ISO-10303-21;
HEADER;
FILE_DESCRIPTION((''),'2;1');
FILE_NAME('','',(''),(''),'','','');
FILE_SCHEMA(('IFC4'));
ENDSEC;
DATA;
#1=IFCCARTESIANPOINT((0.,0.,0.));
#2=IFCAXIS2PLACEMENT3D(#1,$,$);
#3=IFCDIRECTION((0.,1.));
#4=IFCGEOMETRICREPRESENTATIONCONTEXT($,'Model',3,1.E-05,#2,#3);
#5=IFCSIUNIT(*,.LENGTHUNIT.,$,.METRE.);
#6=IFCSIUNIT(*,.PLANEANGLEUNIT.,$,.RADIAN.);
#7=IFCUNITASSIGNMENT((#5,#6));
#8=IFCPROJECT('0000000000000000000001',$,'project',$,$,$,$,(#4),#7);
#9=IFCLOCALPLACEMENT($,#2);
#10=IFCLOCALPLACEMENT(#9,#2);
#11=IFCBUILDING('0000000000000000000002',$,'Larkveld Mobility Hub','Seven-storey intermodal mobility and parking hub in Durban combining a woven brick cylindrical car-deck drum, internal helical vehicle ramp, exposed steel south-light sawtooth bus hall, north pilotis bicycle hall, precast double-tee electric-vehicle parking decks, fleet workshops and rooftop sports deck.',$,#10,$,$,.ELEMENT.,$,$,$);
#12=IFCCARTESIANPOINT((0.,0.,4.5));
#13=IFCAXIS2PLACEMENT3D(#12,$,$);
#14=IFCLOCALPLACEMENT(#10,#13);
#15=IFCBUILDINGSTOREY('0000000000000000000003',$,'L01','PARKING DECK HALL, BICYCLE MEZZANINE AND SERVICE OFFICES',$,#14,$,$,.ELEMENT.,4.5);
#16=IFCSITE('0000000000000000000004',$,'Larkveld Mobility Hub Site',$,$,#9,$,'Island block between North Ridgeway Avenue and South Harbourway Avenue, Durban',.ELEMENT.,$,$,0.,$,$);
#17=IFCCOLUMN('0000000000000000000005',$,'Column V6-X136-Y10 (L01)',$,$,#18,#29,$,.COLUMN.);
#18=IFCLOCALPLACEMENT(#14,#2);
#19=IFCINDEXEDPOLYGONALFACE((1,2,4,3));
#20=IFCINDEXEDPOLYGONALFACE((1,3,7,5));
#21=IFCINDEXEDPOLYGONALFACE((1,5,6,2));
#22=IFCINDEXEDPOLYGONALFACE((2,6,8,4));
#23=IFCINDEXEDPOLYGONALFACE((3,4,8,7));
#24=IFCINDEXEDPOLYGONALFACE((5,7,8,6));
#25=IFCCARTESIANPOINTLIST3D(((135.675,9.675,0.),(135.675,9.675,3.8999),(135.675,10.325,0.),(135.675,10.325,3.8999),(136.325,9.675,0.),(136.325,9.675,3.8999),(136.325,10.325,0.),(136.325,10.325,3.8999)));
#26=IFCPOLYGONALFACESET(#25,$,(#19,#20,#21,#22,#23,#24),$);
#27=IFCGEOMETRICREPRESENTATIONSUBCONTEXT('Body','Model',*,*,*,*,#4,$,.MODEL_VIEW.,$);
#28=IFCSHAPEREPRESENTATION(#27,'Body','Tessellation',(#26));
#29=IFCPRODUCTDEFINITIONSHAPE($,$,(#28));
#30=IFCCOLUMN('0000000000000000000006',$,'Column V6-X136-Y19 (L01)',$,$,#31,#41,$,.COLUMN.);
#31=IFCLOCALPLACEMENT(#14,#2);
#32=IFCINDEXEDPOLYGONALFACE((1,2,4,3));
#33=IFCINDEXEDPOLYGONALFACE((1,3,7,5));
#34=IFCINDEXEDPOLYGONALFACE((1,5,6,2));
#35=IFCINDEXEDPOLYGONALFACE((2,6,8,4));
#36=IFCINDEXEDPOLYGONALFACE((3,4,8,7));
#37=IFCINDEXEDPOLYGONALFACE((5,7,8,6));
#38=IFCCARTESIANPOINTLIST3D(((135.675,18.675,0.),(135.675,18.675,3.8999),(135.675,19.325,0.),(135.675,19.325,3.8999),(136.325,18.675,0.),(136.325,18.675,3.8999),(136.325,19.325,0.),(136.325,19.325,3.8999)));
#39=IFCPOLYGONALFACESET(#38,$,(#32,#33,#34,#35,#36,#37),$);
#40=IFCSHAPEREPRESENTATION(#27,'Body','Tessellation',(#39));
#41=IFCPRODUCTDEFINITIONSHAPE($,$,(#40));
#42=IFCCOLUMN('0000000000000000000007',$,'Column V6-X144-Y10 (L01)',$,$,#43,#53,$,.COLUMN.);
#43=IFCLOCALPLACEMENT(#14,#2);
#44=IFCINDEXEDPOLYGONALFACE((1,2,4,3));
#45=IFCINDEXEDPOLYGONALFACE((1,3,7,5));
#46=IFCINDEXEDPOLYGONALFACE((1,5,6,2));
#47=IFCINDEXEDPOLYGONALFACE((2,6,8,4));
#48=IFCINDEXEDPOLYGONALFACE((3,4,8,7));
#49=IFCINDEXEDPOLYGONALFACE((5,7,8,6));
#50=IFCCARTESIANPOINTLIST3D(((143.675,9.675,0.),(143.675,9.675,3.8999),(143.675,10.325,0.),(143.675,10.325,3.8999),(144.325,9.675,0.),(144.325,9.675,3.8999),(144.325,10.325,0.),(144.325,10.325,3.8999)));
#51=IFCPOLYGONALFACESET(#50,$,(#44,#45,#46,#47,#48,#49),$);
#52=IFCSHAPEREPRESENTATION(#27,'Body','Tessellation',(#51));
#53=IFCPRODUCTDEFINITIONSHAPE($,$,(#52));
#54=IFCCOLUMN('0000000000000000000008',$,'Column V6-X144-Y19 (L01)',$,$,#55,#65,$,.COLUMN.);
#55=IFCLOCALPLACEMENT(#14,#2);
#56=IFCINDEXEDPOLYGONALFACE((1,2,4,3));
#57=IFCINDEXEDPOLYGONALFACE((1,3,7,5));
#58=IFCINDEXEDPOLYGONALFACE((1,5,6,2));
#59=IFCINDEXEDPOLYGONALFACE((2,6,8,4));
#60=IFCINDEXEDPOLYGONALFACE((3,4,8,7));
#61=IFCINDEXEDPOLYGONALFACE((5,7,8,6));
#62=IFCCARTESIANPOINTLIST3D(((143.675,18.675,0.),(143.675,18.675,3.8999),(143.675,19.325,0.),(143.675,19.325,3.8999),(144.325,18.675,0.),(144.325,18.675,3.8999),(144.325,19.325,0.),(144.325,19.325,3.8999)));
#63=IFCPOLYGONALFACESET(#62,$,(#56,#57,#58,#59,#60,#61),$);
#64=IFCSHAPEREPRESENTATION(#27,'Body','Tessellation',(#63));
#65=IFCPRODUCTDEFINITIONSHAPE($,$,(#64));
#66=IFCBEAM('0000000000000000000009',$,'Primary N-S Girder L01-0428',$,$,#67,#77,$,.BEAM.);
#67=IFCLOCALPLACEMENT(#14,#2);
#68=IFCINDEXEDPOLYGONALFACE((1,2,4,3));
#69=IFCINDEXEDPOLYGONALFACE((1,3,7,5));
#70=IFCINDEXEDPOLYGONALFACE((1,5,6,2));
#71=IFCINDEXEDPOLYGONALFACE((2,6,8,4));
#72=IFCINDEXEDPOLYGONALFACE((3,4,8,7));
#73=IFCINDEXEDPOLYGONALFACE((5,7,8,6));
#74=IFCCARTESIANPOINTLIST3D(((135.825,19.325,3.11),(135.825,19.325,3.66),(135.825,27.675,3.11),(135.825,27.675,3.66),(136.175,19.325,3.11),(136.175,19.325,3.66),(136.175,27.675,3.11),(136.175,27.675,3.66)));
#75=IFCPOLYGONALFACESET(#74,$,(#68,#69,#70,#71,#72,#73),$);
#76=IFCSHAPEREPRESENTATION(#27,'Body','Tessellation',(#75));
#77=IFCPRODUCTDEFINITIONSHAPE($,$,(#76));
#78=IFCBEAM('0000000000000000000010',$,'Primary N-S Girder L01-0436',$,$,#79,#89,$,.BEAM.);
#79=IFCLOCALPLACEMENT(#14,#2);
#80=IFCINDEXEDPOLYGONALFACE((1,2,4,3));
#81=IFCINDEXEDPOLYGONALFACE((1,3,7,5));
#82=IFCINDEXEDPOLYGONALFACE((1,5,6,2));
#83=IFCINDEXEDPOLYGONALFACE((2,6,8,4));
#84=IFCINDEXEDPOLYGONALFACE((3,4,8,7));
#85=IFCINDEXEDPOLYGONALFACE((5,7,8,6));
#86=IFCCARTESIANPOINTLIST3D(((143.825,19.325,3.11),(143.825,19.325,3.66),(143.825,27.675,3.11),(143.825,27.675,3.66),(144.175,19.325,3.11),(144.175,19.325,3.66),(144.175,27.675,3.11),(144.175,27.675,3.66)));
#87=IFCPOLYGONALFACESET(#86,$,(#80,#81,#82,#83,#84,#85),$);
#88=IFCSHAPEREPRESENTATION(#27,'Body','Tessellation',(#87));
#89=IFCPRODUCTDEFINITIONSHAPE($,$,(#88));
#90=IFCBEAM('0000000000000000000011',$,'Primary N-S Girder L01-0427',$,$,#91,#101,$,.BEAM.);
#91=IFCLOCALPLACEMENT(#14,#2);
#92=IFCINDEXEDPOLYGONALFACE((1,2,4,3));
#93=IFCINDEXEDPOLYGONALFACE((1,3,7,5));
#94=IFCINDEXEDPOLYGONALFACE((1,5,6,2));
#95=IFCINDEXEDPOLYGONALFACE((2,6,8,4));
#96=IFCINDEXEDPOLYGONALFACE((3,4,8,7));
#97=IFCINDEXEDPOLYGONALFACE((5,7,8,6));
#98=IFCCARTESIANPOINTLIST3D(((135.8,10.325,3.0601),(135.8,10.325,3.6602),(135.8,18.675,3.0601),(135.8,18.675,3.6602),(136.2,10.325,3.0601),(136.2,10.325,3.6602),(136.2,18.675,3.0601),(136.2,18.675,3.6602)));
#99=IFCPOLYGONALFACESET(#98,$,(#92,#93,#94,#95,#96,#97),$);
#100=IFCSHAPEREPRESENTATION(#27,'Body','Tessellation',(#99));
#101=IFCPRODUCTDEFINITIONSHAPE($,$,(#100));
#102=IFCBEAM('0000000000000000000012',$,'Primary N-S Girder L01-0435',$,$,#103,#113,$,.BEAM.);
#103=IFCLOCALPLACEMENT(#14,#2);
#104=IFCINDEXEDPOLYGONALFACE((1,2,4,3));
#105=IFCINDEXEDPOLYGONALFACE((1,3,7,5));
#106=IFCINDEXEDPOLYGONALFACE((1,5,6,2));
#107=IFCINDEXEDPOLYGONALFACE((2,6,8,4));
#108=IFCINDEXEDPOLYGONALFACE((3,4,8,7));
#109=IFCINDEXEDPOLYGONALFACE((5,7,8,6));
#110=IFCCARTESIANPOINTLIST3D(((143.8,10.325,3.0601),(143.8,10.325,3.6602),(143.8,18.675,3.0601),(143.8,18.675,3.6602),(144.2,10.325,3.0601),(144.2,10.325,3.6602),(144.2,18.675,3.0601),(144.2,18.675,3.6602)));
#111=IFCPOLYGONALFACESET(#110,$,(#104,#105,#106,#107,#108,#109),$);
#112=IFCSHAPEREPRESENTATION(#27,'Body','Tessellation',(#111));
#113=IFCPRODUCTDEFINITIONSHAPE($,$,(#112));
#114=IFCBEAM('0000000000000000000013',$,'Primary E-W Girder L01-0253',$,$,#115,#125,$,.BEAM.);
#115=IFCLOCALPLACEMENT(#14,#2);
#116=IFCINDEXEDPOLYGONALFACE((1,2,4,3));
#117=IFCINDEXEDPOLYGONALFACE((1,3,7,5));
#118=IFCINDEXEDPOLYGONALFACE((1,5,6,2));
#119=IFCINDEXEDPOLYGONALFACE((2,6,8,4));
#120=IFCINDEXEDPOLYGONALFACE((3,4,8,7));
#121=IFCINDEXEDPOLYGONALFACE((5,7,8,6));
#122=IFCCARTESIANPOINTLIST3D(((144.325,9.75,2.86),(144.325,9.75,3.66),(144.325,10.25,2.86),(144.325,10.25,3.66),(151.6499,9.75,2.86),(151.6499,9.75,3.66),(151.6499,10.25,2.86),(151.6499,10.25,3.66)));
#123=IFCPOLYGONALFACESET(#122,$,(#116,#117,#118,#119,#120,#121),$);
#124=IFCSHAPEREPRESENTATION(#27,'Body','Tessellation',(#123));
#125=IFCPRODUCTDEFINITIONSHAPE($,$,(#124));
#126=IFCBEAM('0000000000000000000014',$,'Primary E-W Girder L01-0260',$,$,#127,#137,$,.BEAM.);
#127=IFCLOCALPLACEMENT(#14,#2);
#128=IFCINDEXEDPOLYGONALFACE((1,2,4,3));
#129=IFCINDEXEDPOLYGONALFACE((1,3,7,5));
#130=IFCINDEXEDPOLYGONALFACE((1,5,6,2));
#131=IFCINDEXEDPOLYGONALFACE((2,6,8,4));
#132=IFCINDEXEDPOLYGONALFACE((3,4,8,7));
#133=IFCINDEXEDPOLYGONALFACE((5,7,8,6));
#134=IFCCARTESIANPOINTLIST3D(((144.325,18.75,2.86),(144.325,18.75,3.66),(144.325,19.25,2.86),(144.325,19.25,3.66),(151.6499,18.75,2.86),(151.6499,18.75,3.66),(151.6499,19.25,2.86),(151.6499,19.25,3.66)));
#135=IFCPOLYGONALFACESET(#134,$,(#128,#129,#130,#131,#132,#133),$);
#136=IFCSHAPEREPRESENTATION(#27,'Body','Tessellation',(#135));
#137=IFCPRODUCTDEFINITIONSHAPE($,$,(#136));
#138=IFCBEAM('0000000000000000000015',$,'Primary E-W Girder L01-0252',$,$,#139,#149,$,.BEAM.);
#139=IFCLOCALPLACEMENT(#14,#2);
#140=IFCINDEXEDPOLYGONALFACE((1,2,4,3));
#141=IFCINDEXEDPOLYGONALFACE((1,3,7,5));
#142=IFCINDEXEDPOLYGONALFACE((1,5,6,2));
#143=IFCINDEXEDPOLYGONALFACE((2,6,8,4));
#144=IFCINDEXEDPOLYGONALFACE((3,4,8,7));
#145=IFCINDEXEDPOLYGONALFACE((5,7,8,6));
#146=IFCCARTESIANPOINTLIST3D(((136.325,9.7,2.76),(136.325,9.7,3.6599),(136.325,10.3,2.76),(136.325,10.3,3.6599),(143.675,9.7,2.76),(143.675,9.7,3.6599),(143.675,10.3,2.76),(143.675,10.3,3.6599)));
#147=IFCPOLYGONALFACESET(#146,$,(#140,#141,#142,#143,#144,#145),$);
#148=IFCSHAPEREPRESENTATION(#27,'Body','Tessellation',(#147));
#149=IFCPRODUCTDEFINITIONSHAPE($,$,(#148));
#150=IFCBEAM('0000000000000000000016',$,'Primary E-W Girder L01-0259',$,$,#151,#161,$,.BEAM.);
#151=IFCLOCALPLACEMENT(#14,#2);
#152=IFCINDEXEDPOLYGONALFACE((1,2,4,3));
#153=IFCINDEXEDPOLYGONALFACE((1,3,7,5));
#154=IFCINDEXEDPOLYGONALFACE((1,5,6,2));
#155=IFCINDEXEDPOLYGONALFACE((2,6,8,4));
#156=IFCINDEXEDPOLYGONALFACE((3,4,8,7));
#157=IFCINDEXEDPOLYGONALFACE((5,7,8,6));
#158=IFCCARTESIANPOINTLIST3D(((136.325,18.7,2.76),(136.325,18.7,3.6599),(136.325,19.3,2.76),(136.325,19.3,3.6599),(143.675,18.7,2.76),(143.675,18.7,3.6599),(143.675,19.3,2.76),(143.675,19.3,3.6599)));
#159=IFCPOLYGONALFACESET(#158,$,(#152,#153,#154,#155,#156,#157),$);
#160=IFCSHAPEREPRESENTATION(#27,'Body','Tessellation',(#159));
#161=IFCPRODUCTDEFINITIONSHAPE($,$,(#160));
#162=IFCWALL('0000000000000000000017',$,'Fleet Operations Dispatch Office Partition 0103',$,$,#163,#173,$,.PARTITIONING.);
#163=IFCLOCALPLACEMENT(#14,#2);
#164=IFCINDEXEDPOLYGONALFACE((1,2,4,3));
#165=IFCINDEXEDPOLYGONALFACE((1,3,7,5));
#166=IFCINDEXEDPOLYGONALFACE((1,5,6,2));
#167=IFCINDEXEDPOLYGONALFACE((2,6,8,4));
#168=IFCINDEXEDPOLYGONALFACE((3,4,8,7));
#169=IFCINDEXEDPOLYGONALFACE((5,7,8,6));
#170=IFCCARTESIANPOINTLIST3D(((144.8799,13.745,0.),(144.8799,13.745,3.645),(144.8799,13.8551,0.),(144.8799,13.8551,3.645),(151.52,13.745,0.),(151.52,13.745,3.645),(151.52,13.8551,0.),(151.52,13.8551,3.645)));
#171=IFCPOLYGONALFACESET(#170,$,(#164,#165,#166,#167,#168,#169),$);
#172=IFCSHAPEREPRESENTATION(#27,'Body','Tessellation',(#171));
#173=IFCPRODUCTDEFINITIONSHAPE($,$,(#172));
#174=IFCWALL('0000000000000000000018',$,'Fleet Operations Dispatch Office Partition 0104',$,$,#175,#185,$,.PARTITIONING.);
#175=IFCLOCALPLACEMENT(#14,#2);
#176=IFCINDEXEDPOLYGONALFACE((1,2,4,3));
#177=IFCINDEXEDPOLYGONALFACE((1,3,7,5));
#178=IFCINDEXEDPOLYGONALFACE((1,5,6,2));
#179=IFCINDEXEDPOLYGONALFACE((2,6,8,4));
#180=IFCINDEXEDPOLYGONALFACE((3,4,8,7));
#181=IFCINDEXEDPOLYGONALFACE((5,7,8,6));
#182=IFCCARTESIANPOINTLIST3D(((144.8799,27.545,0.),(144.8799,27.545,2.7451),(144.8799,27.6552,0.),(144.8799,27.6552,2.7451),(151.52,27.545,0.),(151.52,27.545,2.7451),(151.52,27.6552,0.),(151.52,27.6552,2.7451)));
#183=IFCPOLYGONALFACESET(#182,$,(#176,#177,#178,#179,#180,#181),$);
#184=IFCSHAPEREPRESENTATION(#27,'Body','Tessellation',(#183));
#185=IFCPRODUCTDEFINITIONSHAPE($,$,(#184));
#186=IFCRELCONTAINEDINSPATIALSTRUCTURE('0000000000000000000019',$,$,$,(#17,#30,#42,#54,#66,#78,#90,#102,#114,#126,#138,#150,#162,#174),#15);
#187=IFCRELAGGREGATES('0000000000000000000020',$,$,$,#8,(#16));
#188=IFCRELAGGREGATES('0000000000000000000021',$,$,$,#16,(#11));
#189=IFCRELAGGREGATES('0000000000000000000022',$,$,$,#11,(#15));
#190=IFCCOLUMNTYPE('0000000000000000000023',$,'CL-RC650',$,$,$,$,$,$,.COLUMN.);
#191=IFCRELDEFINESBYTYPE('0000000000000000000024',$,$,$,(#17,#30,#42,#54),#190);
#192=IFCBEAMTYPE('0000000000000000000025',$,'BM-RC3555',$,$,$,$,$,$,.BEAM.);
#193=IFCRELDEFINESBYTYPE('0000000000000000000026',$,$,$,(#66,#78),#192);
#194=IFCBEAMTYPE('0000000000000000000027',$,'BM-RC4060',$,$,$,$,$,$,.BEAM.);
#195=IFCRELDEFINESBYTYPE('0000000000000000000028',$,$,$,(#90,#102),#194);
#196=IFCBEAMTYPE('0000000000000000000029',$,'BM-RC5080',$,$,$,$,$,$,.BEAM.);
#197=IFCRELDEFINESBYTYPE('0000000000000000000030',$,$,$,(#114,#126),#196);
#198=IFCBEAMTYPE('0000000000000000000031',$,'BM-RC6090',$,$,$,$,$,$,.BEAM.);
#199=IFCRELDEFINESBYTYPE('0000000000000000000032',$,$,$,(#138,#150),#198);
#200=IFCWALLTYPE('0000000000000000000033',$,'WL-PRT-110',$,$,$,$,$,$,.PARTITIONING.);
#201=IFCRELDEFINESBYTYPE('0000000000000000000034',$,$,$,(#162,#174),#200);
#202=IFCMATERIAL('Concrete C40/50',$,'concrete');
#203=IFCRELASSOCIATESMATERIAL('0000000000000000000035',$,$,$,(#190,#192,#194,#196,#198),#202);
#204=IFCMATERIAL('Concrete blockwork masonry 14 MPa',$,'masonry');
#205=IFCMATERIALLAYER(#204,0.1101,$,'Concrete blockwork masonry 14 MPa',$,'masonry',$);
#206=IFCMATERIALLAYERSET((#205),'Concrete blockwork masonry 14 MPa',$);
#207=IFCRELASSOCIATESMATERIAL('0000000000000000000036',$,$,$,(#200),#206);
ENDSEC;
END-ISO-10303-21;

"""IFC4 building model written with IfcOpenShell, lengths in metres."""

from ifc_helpers import new_model, si_unit, direction, frame, frame_2d, origin, origin_2d, place, context, subcontext, project, spatial, rectangle, extrude, material, layer, layer_set, material_profile, profile_set, type_object, element, save


model = new_model("IFC4")

# Units and contexts
model_context = context("Model", 3, precision=1e-05, world=origin(), true_north=direction((0.0, 1.0)))
body_context = subcontext(model_context, "Body", "Model", "MODEL_VIEW")
ifc_project = project(units=[si_unit("LENGTHUNIT", "METRE"), si_unit("PLANEANGLEUNIT", "RADIAN")], contexts=[model_context])

# Site, building, storey
site_placement = place(None, origin())
site = spatial("IfcSite", under=ifc_project, at=site_placement, Name="Larkveld Mobility Hub Site", LongName="Island block between North Ridgeway Avenue and South Harbourway Avenue, Durban", CompositionType="ELEMENT", RefElevation=0.0)
building_placement = place(site_placement, origin())
building = spatial("IfcBuilding", under=site, at=building_placement, Name="Larkveld Mobility Hub", Description="Seven-storey intermodal mobility and parking hub in Durban combining a woven brick cylindrical car-deck drum, internal helical vehicle ramp, exposed steel south-light sawtooth bus hall, north pilotis bicycle hall, precast double-tee electric-vehicle parking decks, fleet workshops and rooftop sports deck.", CompositionType="ELEMENT")
storey_placement = place(building_placement, frame((0.0, 0.0, 4.5)))
storey = spatial("IfcBuildingStorey", under=building, at=storey_placement, Name="L01", Description="PARKING DECK HALL, BICYCLE MEZZANINE AND SERVICE OFFICES", CompositionType="ELEMENT", Elevation=4.5)

# Columns
ifc_material_1 = material(Name="Concrete C40/50", Category="concrete")
ifc_material_profile_1 = material_profile(ifc_material_1, rectangle(XDim=0.6499, YDim=0.6499, at=origin_2d()), Name="RC COL 650x650")
ifc_profile_set_1 = profile_set([ifc_material_profile_1], Name="Concrete C40/50")
column_type = type_object("IfcColumnType", Name="CL-RC650", PredefinedType="COLUMN", material=ifc_profile_set_1)
for number, where, z_axis, x_axis, name in (
    (1, (136.0, 10.0, 0.0), (0.0, 0.0, 1.0), (1.0, 0.0, 0.0), "Column V6-X136-Y10 (L01)"),
    (2, (136.0, 19.0, 0.0), (0.0, 0.0, 1.0), (1.0, 0.0, 0.0), "Column V6-X136-Y19 (L01)"),
    (3, (144.0, 10.0, 0.0), (0.0, 0.0, 1.0), (1.0, 0.0, 0.0), "Column V6-X144-Y10 (L01)"),
    (4, (144.0, 19.0, 0.0), (0.0, 0.0, 1.0), (1.0, 0.0, 0.0), "Column V6-X144-Y19 (L01)"),
):
    element("IfcColumn", number, at=place(storey_placement, frame(where, z_axis=z_axis, x_axis=x_axis)), inside=storey, type_object=column_type, Name=name, PredefinedType="COLUMN", context=body_context, shape_type="SweptSolid", body=[
        extrude(rectangle(XDim=0.6499, YDim=0.6499, at=origin_2d()), origin(), (0.0, 0.0, 1.0), 3.8999),
    ])

# Beams
ifc_material_profile_2 = material_profile(ifc_material_1, rectangle(XDim=0.3501, YDim=0.55, at=origin_2d()), Name="RC BM 350x550")
ifc_profile_set_2 = profile_set([ifc_material_profile_2], Name="Concrete C40/50")
beam_type_1 = type_object("IfcBeamType", Name="BM-RC3555", PredefinedType="BEAM", material=ifc_profile_set_2)
for number, where, z_axis, x_axis, name in (
    (5, (136.0, 19.325, 3.385), (0.0, 1.0, 0.0), (-1.0, 0.0, 0.0), "Primary N-S Girder L01-0428"),
    (6, (144.0, 19.325, 3.385), (0.0, 1.0, 0.0), (-1.0, 0.0, 0.0), "Primary N-S Girder L01-0436"),
):
    element("IfcBeam", number, at=place(storey_placement, frame(where, z_axis=z_axis, x_axis=x_axis)), inside=storey, type_object=beam_type_1, Name=name, PredefinedType="BEAM", context=body_context, shape_type="SweptSolid", body=[
        extrude(rectangle(XDim=0.3501, YDim=0.55, at=origin_2d()), origin(), (0.0, 0.0, 1.0), 8.3501),
    ])
ifc_material_profile_3 = material_profile(ifc_material_1, rectangle(XDim=0.3999, YDim=0.6001, at=origin_2d()), Name="RC BM 400x600")
ifc_profile_set_3 = profile_set([ifc_material_profile_3], Name="Concrete C40/50")
beam_type_2 = type_object("IfcBeamType", Name="BM-RC4060", PredefinedType="BEAM", material=ifc_profile_set_3)
for number, where, z_axis, x_axis, name in (
    (7, (136.0, 10.325, 3.3601), (0.0, 1.0, 0.0), (-1.0, 0.0, 0.0), "Primary N-S Girder L01-0427"),
    (8, (144.0, 10.325, 3.3601), (0.0, 1.0, 0.0), (-1.0, 0.0, 0.0), "Primary N-S Girder L01-0435"),
):
    element("IfcBeam", number, at=place(storey_placement, frame(where, z_axis=z_axis, x_axis=x_axis)), inside=storey, type_object=beam_type_2, Name=name, PredefinedType="BEAM", context=body_context, shape_type="SweptSolid", body=[
        extrude(rectangle(XDim=0.3999, YDim=0.6001, at=origin_2d()), origin(), (0.0, 0.0, 1.0), 8.3501),
    ])
ifc_material_profile_4 = material_profile(ifc_material_1, rectangle(XDim=0.5, YDim=0.8, at=origin_2d()), Name="RC BM 500x800")
ifc_profile_set_4 = profile_set([ifc_material_profile_4], Name="Concrete C40/50")
beam_type_3 = type_object("IfcBeamType", Name="BM-RC5080", PredefinedType="BEAM", material=ifc_profile_set_4)
for number, where, z_axis, x_axis, name in (
    (9, (144.325, 10.0, 3.26), (1.0, 0.0, 0.0), (0.0, 1.0, 0.0), "Primary E-W Girder L01-0253"),
    (10, (144.325, 19.0, 3.26), (1.0, 0.0, 0.0), (0.0, 1.0, 0.0), "Primary E-W Girder L01-0260"),
):
    element("IfcBeam", number, at=place(storey_placement, frame(where, z_axis=z_axis, x_axis=x_axis)), inside=storey, type_object=beam_type_3, Name=name, PredefinedType="BEAM", context=body_context, shape_type="SweptSolid", body=[
        extrude(rectangle(XDim=0.5, YDim=0.8, at=origin_2d()), origin(), (0.0, 0.0, 1.0), 7.325),
    ])
ifc_material_profile_5 = material_profile(ifc_material_1, rectangle(XDim=0.6001, YDim=0.8999, at=origin_2d()), Name="RC BM 600x900")
ifc_profile_set_5 = profile_set([ifc_material_profile_5], Name="Concrete C40/50")
beam_type_4 = type_object("IfcBeamType", Name="BM-RC6090", PredefinedType="BEAM", material=ifc_profile_set_5)
for number, where, z_axis, x_axis, name in (
    (11, (136.325, 10.0, 3.21), (1.0, 0.0, 0.0), (0.0, 1.0, 0.0), "Primary E-W Girder L01-0252"),
    (12, (136.325, 19.0, 3.21), (1.0, 0.0, 0.0), (0.0, 1.0, 0.0), "Primary E-W Girder L01-0259"),
):
    element("IfcBeam", number, at=place(storey_placement, frame(where, z_axis=z_axis, x_axis=x_axis)), inside=storey, type_object=beam_type_4, Name=name, PredefinedType="BEAM", context=body_context, shape_type="SweptSolid", body=[
        extrude(rectangle(XDim=0.6001, YDim=0.8999, at=origin_2d()), origin(), (0.0, 0.0, 1.0), 7.3501),
    ])

# Walls
ifc_material_2 = material(Name="Concrete blockwork masonry 14 MPa", Category="masonry")
ifc_layer_1 = layer(ifc_material_2, 0.1101, Name="Concrete blockwork masonry 14 MPa", Category="masonry")
ifc_layer_set_1 = layer_set([ifc_layer_1], Name="Concrete blockwork masonry 14 MPa")
wall_type_1 = type_object("IfcWallType", Name="WL-PRT-110", PredefinedType="PARTITIONING", material=ifc_layer_set_1)
wall_1_placement = place(storey_placement, frame((144.8799, 13.8, 0.0), z_axis=(0.0, 0.0, 1.0), x_axis=(1.0, 0.0, 0.0)))
element("IfcWall", 13, at=wall_1_placement, inside=storey, type_object=wall_type_1, Name="Fleet Operations Dispatch Office Partition 0103", PredefinedType="PARTITIONING", context=body_context, shape_type="SweptSolid", body=[
    extrude(rectangle(XDim=6.6401, YDim=0.1101, at=frame_2d((3.3201, 0.0))), origin(), (0.0, 0.0, 1.0), 3.645),
])
wall_2_placement = place(storey_placement, frame((144.8799, 27.6001, 0.0), z_axis=(0.0, 0.0, 1.0), x_axis=(1.0, 0.0, 0.0)))
element("IfcWall", 14, at=wall_2_placement, inside=storey, type_object=wall_type_1, Name="Fleet Operations Dispatch Office Partition 0104", PredefinedType="PARTITIONING", context=body_context, shape_type="SweptSolid", body=[
    extrude(rectangle(XDim=6.6401, YDim=0.1101, at=frame_2d((3.3201, 0.0))), origin(), (0.0, 0.0, 1.0), 2.7451),
])

save(model, "model.ifc")
